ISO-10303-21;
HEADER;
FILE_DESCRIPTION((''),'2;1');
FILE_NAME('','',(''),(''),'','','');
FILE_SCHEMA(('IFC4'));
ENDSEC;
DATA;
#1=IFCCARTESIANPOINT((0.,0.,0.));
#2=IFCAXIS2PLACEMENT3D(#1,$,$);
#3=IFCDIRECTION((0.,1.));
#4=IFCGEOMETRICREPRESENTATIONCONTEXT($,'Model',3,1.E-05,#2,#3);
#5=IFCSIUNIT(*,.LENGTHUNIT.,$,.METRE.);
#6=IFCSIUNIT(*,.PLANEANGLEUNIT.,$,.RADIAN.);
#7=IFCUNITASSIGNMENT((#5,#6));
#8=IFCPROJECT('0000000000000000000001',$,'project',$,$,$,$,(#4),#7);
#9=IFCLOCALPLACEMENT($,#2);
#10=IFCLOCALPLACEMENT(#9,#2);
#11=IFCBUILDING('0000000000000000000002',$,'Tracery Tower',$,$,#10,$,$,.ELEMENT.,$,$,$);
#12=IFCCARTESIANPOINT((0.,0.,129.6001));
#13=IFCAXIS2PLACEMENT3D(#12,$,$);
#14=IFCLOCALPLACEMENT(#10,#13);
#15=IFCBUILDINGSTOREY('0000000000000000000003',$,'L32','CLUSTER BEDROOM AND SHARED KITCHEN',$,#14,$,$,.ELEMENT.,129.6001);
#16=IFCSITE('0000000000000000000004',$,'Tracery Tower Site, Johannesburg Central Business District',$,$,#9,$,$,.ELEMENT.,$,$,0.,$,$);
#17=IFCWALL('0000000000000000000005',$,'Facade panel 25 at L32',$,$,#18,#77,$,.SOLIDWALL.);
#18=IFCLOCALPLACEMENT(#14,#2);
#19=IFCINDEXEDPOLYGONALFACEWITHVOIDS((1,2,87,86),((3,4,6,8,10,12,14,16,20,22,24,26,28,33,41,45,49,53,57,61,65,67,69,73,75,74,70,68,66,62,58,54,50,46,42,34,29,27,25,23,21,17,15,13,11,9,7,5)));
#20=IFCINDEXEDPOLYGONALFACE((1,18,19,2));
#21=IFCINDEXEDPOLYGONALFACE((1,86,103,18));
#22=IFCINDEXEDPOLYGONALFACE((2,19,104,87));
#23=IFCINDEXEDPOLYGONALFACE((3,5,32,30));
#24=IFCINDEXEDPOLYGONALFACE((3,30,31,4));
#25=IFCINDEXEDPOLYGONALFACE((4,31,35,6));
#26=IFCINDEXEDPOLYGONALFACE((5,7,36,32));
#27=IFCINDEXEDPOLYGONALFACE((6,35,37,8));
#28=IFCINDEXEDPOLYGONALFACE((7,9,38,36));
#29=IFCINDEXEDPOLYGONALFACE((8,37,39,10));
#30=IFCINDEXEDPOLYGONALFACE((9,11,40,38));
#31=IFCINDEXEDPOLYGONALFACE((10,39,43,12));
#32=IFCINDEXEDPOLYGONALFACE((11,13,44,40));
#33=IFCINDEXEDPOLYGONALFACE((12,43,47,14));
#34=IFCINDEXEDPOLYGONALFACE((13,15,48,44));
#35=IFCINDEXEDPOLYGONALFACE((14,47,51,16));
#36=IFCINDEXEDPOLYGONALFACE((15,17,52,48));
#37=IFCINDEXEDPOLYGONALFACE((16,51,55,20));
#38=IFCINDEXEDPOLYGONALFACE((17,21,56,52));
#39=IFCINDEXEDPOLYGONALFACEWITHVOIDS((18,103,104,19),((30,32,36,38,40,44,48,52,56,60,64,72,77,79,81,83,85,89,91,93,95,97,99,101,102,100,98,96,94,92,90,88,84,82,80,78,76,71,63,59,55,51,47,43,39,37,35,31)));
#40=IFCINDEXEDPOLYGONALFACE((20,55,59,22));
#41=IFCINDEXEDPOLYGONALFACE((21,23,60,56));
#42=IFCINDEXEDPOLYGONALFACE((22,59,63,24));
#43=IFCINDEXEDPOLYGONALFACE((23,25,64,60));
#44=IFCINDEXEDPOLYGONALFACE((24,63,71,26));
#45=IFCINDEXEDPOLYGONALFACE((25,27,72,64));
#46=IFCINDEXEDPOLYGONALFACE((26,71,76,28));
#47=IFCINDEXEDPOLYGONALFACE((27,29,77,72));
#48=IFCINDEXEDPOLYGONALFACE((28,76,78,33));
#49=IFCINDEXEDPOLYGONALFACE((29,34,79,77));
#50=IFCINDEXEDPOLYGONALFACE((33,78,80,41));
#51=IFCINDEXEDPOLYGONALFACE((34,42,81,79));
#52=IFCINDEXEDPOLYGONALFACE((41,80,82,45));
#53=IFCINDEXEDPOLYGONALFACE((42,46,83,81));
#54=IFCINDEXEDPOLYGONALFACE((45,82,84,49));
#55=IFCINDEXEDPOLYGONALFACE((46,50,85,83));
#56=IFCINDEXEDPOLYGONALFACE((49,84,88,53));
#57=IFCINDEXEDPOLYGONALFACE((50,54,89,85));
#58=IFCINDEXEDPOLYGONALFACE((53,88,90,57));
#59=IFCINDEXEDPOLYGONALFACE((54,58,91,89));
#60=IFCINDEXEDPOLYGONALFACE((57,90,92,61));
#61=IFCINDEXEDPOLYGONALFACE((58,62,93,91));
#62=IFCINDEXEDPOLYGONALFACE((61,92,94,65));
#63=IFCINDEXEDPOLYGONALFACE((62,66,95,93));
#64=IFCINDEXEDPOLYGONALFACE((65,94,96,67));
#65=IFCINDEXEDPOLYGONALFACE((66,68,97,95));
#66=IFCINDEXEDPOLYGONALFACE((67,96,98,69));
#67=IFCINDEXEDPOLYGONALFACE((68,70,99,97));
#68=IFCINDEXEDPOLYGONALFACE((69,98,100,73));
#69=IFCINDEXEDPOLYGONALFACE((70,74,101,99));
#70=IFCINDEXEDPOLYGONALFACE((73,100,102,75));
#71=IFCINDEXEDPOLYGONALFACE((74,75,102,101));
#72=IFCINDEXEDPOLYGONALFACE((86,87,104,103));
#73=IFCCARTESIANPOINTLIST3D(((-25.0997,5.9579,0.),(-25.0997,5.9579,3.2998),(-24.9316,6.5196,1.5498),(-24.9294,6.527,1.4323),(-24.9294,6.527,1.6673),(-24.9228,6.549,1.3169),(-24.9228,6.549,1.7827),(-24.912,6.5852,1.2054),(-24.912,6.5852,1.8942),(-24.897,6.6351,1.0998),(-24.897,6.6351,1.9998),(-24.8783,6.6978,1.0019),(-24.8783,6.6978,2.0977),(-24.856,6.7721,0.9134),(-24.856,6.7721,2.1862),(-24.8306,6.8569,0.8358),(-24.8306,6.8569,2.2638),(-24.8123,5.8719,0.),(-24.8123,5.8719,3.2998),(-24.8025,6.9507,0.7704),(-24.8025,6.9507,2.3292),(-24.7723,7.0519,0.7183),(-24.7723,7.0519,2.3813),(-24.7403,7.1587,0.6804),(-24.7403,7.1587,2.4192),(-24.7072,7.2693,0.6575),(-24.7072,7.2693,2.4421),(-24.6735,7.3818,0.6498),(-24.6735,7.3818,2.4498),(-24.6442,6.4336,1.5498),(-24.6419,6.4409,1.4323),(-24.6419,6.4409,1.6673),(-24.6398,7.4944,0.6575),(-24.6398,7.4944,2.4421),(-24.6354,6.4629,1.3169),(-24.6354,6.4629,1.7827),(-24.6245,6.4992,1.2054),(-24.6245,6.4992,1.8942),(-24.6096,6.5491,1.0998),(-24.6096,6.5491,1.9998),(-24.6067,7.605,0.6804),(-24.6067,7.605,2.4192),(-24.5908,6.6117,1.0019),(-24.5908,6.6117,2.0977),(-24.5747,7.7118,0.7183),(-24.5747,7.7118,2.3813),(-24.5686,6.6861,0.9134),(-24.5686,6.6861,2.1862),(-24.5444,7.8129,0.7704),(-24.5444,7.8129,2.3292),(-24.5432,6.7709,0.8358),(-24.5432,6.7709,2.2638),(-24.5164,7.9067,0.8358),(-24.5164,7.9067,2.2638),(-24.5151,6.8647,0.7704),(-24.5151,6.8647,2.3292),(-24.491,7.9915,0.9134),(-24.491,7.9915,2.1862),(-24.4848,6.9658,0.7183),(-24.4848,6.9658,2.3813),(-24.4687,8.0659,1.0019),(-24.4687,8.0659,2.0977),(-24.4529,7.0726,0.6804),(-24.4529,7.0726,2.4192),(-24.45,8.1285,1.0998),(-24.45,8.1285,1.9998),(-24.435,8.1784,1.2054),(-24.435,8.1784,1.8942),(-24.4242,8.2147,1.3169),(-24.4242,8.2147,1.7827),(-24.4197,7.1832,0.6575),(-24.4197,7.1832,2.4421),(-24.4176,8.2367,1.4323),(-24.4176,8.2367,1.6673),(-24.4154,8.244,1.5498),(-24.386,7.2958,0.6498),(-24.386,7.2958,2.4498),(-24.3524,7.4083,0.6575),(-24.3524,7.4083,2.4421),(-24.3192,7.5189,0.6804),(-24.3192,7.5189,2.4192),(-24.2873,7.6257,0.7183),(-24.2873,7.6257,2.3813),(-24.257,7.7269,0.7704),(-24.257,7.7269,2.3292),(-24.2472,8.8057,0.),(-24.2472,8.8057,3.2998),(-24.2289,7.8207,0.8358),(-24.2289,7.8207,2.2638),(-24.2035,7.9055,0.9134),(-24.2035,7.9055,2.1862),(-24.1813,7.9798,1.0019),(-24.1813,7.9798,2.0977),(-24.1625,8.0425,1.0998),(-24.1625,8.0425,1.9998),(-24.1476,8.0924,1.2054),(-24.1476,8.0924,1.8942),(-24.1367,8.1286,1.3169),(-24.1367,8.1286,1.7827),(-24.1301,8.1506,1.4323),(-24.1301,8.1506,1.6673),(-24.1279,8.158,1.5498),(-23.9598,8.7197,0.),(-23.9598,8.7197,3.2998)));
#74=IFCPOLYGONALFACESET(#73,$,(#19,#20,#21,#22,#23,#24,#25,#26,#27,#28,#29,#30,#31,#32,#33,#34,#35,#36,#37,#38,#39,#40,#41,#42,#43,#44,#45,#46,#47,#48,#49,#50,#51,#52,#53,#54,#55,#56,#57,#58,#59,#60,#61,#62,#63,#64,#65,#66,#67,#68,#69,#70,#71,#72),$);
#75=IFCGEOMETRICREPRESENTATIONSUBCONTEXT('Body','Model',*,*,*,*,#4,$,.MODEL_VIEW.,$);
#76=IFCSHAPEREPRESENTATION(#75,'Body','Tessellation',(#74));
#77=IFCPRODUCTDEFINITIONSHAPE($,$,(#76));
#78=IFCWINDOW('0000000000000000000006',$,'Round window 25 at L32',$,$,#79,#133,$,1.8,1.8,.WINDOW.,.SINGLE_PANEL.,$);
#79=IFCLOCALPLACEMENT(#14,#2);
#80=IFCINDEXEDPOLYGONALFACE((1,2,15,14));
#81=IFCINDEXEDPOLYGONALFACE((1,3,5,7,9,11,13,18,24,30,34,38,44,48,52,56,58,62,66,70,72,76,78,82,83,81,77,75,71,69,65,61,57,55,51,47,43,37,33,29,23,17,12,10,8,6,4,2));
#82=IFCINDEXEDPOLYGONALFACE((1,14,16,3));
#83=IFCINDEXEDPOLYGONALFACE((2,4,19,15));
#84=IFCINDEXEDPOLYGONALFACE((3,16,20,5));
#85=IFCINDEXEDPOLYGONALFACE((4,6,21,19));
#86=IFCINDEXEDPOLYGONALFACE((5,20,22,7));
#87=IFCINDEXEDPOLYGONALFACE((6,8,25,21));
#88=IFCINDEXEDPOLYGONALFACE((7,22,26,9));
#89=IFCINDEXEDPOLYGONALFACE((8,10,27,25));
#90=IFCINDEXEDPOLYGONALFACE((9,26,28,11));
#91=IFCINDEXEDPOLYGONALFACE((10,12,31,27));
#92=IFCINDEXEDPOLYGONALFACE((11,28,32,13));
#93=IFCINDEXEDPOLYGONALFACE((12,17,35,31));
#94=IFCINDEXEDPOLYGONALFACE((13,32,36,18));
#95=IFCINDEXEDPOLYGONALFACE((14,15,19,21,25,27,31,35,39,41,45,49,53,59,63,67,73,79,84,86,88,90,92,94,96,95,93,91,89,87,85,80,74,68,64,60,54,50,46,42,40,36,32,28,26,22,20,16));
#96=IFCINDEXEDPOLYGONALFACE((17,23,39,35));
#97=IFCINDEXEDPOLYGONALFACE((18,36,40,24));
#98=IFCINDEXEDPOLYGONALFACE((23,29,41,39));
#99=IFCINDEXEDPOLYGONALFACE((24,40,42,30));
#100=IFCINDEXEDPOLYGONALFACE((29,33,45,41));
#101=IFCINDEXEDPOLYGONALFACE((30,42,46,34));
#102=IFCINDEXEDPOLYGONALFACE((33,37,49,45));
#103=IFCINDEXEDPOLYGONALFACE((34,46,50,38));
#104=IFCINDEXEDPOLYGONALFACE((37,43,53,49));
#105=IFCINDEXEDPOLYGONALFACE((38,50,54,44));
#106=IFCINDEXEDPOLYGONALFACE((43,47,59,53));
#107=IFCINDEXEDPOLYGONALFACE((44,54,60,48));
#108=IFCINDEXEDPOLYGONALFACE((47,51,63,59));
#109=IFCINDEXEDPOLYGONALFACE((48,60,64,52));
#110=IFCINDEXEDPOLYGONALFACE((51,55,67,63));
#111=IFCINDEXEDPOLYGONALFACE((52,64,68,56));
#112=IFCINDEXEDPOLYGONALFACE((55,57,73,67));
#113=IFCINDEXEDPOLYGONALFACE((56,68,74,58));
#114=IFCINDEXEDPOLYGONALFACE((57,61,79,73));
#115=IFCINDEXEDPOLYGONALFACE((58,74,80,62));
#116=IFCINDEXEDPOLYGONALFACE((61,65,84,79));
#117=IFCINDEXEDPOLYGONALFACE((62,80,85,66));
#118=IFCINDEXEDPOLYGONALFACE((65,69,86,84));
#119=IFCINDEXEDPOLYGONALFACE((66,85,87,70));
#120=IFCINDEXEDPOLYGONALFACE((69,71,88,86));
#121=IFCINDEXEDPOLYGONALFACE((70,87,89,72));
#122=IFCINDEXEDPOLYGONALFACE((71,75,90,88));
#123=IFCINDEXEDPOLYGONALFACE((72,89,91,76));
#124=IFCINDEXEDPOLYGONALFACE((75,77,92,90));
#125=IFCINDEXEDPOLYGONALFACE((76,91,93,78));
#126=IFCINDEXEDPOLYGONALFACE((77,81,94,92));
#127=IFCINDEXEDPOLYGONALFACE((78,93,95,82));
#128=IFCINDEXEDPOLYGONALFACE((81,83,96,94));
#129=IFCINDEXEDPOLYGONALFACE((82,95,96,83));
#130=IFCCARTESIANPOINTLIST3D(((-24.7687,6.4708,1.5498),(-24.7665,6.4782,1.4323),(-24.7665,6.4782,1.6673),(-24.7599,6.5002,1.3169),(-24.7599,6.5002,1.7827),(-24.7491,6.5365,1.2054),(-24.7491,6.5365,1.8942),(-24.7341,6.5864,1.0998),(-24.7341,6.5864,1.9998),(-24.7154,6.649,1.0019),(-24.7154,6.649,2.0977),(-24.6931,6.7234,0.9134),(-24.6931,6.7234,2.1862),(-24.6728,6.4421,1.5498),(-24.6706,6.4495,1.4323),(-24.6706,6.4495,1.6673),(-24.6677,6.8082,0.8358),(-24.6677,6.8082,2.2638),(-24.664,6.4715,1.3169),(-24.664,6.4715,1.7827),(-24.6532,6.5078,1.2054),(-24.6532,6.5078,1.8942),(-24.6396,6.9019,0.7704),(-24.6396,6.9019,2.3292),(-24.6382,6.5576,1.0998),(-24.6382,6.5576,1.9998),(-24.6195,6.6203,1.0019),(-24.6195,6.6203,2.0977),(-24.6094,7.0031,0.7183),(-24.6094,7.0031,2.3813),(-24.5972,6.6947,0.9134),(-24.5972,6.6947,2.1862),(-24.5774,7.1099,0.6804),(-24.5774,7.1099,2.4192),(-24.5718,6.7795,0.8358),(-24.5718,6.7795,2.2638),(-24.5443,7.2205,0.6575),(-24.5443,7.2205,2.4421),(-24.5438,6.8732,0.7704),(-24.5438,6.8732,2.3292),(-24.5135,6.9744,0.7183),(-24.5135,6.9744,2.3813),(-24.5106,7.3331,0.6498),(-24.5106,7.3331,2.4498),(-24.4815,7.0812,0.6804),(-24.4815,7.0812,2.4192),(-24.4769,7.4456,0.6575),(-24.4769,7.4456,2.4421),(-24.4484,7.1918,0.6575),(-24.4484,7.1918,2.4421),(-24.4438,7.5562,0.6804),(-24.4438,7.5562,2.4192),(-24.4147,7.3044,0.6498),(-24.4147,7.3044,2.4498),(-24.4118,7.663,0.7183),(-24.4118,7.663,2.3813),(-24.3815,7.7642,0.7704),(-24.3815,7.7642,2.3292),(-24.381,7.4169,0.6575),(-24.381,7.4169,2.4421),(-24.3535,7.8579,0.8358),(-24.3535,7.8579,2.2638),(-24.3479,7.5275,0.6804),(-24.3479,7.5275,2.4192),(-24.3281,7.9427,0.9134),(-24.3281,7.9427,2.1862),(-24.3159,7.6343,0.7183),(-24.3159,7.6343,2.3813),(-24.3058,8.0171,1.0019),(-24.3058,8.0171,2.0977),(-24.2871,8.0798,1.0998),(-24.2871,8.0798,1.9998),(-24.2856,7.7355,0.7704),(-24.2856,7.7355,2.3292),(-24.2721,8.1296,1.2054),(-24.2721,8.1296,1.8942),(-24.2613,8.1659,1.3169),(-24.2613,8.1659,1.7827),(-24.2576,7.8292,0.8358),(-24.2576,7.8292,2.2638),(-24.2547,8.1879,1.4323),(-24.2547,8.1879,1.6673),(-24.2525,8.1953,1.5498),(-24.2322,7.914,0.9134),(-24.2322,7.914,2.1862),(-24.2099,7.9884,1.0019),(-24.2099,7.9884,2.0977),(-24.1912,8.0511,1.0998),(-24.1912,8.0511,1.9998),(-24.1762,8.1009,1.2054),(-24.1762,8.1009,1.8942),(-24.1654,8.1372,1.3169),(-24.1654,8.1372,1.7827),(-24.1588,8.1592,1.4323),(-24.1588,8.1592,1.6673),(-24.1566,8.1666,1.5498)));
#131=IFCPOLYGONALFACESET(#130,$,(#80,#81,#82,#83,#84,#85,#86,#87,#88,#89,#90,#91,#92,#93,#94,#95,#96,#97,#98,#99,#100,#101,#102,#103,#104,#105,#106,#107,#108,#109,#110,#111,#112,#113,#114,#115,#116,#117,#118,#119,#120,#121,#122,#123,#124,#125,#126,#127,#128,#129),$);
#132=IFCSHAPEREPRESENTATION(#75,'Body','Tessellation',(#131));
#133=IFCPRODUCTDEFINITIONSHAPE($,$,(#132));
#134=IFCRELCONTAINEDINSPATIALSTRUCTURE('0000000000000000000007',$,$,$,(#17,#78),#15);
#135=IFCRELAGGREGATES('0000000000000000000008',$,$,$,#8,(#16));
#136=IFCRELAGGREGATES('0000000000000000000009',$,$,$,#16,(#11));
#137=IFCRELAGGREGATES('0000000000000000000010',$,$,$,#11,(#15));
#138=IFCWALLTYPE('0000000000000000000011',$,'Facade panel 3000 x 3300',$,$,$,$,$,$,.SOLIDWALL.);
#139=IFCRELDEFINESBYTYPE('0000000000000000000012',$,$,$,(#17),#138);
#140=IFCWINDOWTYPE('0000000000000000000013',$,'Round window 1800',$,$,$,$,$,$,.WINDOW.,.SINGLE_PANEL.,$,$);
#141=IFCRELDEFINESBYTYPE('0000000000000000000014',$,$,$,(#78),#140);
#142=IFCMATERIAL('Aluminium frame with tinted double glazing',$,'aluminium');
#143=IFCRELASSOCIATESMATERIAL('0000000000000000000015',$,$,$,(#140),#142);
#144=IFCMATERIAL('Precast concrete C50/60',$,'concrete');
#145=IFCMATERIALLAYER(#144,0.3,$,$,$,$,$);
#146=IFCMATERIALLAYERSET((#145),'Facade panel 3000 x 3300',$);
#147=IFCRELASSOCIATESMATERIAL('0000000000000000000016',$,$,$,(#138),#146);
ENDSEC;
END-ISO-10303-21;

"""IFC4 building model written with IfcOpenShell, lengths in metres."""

from ifc_helpers import new_model, si_unit, direction, frame, frame_2d, origin, origin_2d, place, context, subcontext, project, spatial, rectangle, circle, extrude, material, layer, layer_set, type_object, element, fill, save


model = new_model("IFC4")

# Units and contexts
model_context = context("Model", 3, precision=1e-05, world=origin(), true_north=direction((0.0, 1.0)))
body_context = subcontext(model_context, "Body", "Model", "MODEL_VIEW")
ifc_project = project(units=[si_unit("LENGTHUNIT", "METRE"), si_unit("PLANEANGLEUNIT", "RADIAN")], contexts=[model_context])

# Site, building, storey
site_placement = place(None, origin())
site = spatial("IfcSite", under=ifc_project, at=site_placement, Name="Tracery Tower Site, Johannesburg Central Business District", CompositionType="ELEMENT", RefElevation=0.0)
building_placement = place(site_placement, origin())
building = spatial("IfcBuilding", under=site, at=building_placement, Name="Tracery Tower", CompositionType="ELEMENT")
storey_placement = place(building_placement, frame((0.0, 0.0, 129.6001)))
storey = spatial("IfcBuildingStorey", under=building, at=storey_placement, Name="L32", Description="CLUSTER BEDROOM AND SHARED KITCHEN", CompositionType="ELEMENT", Elevation=129.6001)

# Wall, opening, window
ifc_material_1 = material(Name="Aluminium frame with tinted double glazing", Category="aluminium")
window_type = type_object("IfcWindowType", Name="Round window 1800", PartitioningType="SINGLE_PANEL", PredefinedType="WINDOW", material=ifc_material_1)
ifc_material_2 = material(Name="Precast concrete C50/60", Category="concrete")
ifc_layer_1 = layer(ifc_material_2, 0.3)
ifc_layer_set_1 = layer_set([ifc_layer_1], Name="Facade panel 3000 x 3300")
wall_type_1 = type_object("IfcWallType", Name="Facade panel 3000 x 3300", PredefinedType="SOLIDWALL", material=ifc_layer_set_1)
wall_1_placement = place(storey_placement, frame((-24.1035, 8.7627, 0.0), z_axis=(0.0, 0.0, 1.0), x_axis=(-0.286783, -0.957996, 0.0)))
wall_1 = element("IfcWall", 1, at=wall_1_placement, inside=storey, type_object=wall_type_1, Name="Facade panel 25 at L32", PredefinedType="SOLIDWALL", context=body_context, shape_type="SweptSolid", body=[
    extrude(rectangle(XDim=2.9727, YDim=0.3, at=frame_2d((1.4863, 0.0))), origin(), (0.0, 0.0, 1.0), 3.2998),
])
opening_1_placement = place(wall_1_placement, frame((1.4863, 0.0, 1.5498)))
opening_1 = element("IfcOpeningElement", 2, at=opening_1_placement, cuts=wall_1, PredefinedType="OPENING", context=body_context, shape_type="SweptSolid", body=[
    extrude(circle(Radius=0.9, at=origin_2d()), frame((0.0, 0.1599, 0.0), z_axis=(0.0, -1.0, 0.0), x_axis=(1.0, 0.0, 0.0)), (0.0, 0.0, 1.0), 0.3201),
])
window_1_placement = place(opening_1_placement, origin())
window_1 = element("IfcWindow", 3, at=window_1_placement, inside=storey, type_object=window_type, Name="Round window 25 at L32", OverallHeight=1.8, OverallWidth=1.8, PartitioningType="SINGLE_PANEL", PredefinedType="WINDOW", context=body_context, shape_type="SweptSolid", body=[
    extrude(circle(Radius=0.9, at=origin_2d()), frame((0.0, 0.1201, 0.0), z_axis=(0.0, -1.0, 0.0), x_axis=(1.0, 0.0, 0.0)), (0.0, 0.0, 1.0), 0.1001),
])
fill(opening_1, window_1)

save(model, "model.ifc")
